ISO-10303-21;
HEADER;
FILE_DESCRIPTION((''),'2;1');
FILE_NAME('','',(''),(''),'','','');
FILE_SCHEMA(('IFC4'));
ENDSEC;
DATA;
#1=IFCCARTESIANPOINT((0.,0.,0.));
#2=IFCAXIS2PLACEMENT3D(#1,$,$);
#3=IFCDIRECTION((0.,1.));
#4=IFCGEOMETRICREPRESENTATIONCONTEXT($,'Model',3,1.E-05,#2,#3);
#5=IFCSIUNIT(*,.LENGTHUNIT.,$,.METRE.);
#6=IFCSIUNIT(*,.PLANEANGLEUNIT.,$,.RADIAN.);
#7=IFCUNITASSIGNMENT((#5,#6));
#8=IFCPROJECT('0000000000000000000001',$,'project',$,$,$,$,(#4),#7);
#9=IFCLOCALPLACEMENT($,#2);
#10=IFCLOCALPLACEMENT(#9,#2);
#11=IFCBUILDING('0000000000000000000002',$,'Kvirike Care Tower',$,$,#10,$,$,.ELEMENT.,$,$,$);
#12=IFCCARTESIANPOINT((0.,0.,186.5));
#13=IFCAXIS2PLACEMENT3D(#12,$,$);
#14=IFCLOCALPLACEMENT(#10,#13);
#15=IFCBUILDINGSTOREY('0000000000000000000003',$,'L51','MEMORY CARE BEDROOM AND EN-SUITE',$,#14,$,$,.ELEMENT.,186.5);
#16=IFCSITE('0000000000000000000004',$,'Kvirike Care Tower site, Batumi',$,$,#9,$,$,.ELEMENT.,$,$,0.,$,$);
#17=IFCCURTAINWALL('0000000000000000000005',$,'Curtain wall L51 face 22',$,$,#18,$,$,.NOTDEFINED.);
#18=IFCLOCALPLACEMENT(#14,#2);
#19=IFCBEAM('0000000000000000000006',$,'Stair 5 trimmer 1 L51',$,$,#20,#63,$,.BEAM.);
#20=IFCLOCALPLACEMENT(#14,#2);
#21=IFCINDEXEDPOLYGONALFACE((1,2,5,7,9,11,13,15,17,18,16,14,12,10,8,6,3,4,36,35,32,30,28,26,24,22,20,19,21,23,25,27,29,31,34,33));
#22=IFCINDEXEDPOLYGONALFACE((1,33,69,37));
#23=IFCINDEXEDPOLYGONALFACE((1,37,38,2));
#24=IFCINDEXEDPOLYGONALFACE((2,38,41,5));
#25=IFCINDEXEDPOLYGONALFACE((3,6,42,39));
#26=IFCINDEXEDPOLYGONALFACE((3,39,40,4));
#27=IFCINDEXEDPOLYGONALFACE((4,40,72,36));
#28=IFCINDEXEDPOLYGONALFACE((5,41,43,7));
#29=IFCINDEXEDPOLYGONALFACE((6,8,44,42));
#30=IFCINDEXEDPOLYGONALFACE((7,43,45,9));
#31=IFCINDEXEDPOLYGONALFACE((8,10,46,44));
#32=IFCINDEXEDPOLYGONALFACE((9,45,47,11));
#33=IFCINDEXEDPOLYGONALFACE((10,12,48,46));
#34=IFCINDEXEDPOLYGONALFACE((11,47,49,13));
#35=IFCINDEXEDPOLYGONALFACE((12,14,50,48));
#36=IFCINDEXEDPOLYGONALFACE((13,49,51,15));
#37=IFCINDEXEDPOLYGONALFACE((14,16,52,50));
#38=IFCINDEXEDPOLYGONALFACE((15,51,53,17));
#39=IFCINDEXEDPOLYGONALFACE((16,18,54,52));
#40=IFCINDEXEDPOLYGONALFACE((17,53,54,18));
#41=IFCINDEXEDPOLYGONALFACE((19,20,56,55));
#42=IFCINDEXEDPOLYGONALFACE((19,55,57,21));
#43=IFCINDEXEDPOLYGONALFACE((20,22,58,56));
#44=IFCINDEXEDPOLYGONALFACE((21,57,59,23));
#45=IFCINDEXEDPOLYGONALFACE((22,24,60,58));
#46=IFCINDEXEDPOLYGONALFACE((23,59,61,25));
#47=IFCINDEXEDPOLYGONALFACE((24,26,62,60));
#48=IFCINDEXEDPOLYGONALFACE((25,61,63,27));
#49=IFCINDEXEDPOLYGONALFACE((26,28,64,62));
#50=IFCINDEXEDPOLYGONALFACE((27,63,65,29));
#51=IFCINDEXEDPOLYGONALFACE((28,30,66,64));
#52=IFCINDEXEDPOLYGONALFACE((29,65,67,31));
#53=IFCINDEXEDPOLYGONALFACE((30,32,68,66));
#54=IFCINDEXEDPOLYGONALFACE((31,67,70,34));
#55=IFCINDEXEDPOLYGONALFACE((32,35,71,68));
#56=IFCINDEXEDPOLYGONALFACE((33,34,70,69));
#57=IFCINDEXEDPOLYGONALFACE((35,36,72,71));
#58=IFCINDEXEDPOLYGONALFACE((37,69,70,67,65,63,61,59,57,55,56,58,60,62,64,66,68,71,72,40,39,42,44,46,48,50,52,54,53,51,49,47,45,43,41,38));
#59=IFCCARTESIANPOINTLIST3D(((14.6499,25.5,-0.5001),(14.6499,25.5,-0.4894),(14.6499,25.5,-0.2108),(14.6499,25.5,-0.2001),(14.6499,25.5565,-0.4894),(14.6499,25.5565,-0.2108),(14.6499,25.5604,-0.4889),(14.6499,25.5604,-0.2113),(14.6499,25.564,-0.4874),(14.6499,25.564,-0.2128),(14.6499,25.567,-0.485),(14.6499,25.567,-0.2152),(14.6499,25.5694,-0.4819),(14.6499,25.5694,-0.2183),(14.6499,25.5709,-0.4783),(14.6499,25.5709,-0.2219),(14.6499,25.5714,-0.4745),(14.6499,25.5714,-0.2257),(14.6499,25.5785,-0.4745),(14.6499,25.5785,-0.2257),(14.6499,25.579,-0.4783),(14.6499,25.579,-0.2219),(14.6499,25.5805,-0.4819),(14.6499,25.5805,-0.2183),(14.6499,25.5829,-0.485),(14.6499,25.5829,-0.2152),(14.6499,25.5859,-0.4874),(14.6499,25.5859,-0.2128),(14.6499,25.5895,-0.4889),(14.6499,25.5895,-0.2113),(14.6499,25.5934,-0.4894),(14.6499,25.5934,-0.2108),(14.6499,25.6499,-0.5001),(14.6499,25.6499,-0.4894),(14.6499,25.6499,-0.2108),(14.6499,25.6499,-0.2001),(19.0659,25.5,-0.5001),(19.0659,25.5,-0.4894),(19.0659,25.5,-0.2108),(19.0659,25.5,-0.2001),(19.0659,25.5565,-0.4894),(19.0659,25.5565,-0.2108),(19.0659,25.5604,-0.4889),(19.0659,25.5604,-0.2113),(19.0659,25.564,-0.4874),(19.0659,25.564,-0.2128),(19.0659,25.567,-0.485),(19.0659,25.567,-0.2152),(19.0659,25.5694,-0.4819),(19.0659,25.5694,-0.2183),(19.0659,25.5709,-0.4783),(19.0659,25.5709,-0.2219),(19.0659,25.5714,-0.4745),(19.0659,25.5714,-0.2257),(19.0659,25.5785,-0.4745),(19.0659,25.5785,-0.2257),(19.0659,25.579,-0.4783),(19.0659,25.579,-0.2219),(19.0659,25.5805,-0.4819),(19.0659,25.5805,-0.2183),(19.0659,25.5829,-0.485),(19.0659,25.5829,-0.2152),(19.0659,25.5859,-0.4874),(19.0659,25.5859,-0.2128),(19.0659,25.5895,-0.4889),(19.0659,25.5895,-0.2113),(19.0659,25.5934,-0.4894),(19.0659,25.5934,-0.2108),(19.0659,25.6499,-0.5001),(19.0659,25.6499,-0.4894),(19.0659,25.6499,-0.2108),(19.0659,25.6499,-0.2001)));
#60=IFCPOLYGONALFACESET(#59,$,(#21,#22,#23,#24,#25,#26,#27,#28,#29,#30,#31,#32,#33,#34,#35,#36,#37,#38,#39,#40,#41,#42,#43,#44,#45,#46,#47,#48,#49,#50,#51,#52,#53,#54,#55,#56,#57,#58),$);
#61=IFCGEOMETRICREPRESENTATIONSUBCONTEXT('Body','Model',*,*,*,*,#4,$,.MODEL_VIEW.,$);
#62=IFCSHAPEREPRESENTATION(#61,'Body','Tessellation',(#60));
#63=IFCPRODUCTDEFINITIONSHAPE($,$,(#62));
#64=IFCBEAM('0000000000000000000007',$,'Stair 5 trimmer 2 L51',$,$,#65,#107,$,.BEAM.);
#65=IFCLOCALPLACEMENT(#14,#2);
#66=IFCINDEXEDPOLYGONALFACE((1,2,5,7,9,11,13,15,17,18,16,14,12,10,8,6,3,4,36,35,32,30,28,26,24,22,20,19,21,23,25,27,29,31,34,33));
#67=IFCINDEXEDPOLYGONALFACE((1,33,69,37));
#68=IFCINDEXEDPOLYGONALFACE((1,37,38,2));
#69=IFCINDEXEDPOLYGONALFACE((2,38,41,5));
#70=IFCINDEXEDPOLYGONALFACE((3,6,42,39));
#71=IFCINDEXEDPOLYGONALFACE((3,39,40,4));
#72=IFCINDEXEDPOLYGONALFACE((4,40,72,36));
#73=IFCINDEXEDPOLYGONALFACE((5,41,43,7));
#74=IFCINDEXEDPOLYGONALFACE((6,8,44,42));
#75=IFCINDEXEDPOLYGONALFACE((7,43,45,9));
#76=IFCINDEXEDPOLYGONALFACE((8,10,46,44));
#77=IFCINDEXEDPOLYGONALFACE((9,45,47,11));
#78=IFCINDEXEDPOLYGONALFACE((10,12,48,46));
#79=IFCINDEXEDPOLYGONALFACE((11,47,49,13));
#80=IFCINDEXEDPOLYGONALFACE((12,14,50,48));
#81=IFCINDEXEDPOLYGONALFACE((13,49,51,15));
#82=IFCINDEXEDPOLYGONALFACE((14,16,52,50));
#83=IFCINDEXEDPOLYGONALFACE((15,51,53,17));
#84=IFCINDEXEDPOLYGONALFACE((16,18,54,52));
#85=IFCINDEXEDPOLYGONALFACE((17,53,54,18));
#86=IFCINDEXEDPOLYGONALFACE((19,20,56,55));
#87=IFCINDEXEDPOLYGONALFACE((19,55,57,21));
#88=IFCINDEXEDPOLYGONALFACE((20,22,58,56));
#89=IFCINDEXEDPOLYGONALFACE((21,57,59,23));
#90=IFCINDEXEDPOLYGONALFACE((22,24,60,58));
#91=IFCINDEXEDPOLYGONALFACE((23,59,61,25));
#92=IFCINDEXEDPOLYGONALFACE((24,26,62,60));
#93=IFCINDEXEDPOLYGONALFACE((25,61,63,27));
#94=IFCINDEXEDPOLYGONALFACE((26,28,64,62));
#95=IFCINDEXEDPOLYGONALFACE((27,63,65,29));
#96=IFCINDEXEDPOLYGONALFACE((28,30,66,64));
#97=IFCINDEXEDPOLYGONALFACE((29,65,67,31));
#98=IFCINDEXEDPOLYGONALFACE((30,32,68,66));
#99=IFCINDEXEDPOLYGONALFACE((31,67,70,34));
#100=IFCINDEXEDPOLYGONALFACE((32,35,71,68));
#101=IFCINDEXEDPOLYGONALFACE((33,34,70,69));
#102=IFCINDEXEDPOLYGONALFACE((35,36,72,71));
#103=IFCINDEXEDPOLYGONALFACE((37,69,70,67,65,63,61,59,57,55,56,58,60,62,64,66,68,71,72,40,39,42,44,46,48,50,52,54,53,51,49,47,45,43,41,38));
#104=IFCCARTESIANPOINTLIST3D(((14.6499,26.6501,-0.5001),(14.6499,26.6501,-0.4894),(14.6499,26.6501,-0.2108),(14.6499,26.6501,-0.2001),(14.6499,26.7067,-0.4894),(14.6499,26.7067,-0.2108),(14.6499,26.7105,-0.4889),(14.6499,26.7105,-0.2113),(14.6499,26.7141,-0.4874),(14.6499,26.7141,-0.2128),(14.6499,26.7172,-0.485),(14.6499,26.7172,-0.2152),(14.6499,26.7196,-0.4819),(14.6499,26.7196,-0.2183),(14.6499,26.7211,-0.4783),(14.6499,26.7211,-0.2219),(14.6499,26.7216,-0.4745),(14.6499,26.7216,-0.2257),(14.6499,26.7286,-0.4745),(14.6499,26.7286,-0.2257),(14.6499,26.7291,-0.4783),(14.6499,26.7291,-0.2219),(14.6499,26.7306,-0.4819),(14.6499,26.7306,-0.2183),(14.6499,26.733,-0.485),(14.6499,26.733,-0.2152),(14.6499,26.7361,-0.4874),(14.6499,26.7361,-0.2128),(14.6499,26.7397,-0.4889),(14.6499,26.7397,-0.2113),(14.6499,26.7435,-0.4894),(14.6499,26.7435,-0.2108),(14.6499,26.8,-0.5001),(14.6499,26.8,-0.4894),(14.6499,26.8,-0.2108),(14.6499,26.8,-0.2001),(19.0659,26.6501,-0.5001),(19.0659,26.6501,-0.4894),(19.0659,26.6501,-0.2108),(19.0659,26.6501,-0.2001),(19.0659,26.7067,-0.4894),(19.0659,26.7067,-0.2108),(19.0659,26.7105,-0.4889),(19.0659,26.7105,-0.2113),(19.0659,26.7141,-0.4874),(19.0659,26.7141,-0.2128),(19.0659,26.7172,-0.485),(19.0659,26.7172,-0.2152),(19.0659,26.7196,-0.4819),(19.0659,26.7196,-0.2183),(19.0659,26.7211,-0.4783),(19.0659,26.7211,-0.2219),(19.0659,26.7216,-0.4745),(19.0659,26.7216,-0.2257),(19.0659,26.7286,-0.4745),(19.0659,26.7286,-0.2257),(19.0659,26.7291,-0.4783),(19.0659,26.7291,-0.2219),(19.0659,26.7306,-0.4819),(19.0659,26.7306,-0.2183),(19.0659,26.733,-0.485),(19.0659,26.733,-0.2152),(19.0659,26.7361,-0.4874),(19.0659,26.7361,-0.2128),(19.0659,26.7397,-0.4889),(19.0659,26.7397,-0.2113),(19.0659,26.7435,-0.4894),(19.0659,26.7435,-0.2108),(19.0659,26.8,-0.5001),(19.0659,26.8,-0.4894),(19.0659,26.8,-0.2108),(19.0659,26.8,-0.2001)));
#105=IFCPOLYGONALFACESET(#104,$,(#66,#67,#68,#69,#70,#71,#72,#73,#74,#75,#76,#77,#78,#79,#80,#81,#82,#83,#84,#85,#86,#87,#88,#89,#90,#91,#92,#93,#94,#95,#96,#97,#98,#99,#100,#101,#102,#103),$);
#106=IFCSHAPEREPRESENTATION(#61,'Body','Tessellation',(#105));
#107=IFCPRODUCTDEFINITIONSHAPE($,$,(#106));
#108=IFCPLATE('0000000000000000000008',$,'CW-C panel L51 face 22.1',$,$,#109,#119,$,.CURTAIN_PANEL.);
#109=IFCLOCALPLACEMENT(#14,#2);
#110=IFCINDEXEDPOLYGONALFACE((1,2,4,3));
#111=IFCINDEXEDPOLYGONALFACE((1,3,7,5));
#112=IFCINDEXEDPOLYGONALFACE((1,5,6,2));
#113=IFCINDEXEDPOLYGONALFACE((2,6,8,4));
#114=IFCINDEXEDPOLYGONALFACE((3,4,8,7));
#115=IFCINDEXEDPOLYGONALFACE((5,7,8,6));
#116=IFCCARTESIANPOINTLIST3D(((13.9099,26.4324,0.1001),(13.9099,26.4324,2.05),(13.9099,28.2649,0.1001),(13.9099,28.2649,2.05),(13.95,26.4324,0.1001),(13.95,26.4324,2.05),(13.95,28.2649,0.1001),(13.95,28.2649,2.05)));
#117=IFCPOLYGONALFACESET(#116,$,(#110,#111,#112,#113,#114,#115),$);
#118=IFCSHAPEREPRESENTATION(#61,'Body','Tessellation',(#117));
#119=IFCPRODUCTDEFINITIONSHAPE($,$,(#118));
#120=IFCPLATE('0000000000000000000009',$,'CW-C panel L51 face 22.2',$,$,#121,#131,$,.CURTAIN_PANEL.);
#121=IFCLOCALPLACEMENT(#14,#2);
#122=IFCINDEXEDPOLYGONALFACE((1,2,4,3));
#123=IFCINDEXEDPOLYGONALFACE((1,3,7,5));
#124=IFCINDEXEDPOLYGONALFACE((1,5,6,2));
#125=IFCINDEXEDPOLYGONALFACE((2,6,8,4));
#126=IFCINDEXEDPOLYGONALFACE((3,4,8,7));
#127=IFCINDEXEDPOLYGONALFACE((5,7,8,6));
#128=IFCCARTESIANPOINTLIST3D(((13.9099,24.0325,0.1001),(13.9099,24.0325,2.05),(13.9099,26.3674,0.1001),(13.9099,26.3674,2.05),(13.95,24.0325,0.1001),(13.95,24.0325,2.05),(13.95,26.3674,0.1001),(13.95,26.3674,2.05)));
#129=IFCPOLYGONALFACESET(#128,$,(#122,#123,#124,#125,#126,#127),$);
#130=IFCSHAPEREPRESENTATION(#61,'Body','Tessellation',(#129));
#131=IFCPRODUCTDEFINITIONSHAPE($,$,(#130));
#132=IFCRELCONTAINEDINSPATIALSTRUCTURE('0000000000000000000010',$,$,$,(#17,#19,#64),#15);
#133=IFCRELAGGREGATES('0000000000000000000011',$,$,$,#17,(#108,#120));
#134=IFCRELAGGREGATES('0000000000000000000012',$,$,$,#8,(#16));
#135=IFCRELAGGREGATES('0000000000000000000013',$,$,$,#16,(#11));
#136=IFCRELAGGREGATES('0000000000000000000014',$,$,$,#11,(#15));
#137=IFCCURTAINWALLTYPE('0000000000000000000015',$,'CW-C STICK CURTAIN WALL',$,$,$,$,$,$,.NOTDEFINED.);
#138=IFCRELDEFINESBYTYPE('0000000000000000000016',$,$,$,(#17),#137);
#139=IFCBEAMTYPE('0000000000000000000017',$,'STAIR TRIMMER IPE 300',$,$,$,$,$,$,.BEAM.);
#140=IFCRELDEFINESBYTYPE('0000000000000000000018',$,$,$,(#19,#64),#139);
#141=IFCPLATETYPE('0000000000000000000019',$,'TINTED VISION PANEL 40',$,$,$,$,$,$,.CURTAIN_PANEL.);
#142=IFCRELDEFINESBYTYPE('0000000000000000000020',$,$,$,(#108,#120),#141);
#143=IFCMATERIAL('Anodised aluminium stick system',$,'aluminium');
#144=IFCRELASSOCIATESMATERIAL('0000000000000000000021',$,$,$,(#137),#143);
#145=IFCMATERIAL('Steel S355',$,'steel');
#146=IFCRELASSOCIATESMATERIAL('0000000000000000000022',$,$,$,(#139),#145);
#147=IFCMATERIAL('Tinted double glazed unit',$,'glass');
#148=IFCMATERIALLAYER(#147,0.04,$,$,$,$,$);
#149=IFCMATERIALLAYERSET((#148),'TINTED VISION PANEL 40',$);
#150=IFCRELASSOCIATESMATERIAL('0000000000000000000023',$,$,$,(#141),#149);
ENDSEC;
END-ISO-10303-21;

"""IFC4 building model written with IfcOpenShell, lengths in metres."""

from ifc_helpers import new_model, si_unit, direction, frame, origin, origin_2d, place, context, subcontext, project, spatial, rectangle, i_section, extrude, material, layer, layer_set, material_profile, profile_set, type_object, element, aggregate, save


model = new_model("IFC4")

# Units and contexts
model_context = context("Model", 3, precision=1e-05, world=origin(), true_north=direction((0.0, 1.0)))
body_context = subcontext(model_context, "Body", "Model", "MODEL_VIEW")
ifc_project = project(units=[si_unit("LENGTHUNIT", "METRE"), si_unit("PLANEANGLEUNIT", "RADIAN")], contexts=[model_context])

# Site, building, storey
site_placement = place(None, origin())
site = spatial("IfcSite", under=ifc_project, at=site_placement, Name="Kvirike Care Tower site, Batumi", CompositionType="ELEMENT", RefElevation=0.0)
building_placement = place(site_placement, origin())
building = spatial("IfcBuilding", under=site, at=building_placement, Name="Kvirike Care Tower", CompositionType="ELEMENT")
storey_placement = place(building_placement, frame((0.0, 0.0, 186.5)))
storey = spatial("IfcBuildingStorey", under=building, at=storey_placement, Name="L51", Description="MEMORY CARE BEDROOM AND EN-SUITE", CompositionType="ELEMENT", Elevation=186.5)

# Curtain wall
ifc_material_1 = material(Name="Anodised aluminium stick system", Category="aluminium")
curtain_wall_type = type_object("IfcCurtainWallType", Name="CW-C STICK CURTAIN WALL", PredefinedType="NOTDEFINED", material=ifc_material_1)
curtain_wall_placement = place(storey_placement, origin())
curtain_wall = element("IfcCurtainWall", 1, at=curtain_wall_placement, inside=storey, type_object=curtain_wall_type, Name="Curtain wall L51 face 22", PredefinedType="NOTDEFINED")

# Beams
ifc_material_2 = material(Name="Steel S355", Category="steel")
ifc_material_profile_1 = material_profile(ifc_material_2, i_section(OverallWidth=0.1499, OverallDepth=0.3, WebThickness=0.0071, FlangeThickness=0.0107, FilletRadius=0.0149, at=origin_2d()), Name="IPE 300")
ifc_profile_set_1 = profile_set([ifc_material_profile_1], Name="Steel S355")
beam_type_1 = type_object("IfcBeamType", Name="STAIR TRIMMER IPE 300", PredefinedType="BEAM", material=ifc_profile_set_1)
for number, where, z_axis, x_axis, name in (
    (2, (14.6499, 25.575, -0.3501), (1.0, 0.0, 0.0), (0.0, 1.0, 0.0), "Stair 5 trimmer 1 L51"),
    (3, (14.6499, 26.7251, -0.3501), (1.0, 0.0, 0.0), (0.0, 1.0, 0.0), "Stair 5 trimmer 2 L51"),
):
    element("IfcBeam", number, at=place(storey_placement, frame(where, z_axis=z_axis, x_axis=x_axis)), inside=storey, type_object=beam_type_1, Name=name, PredefinedType="BEAM", context=body_context, shape_type="SweptSolid", body=[
        extrude(i_section(OverallWidth=0.1499, OverallDepth=0.3, WebThickness=0.0071, FlangeThickness=0.0107, FilletRadius=0.0149, at=origin_2d()), origin(), (0.0, 0.0, 1.0), 4.416),
    ])

# Plates
ifc_material_3 = material(Name="Tinted double glazed unit", Category="glass")
ifc_layer_1 = layer(ifc_material_3, 0.04)
ifc_layer_set_1 = layer_set([ifc_layer_1], Name="TINTED VISION PANEL 40")
plate_type = type_object("IfcPlateType", Name="TINTED VISION PANEL 40", PredefinedType="CURTAIN_PANEL", material=ifc_layer_set_1)
plate_1_placement = place(storey_placement, frame((13.9299, 27.3486, 0.1001), z_axis=(0.0, 0.0, 1.0), x_axis=(0.0, -1.0, 0.0)))
plate_1 = element("IfcPlate", 4, at=plate_1_placement, type_object=plate_type, Name="CW-C panel L51 face 22.1", PredefinedType="CURTAIN_PANEL", context=body_context, shape_type="SweptSolid", body=[
    extrude(rectangle(XDim=1.8325, YDim=0.04, at=origin_2d()), origin(), (0.0, 0.0, 1.0), 1.95),
])
plate_2_placement = place(storey_placement, frame((13.9299, 25.2, 0.1001), z_axis=(0.0, 0.0, 1.0), x_axis=(0.0, -1.0, 0.0)))
plate_2 = element("IfcPlate", 5, at=plate_2_placement, type_object=plate_type, Name="CW-C panel L51 face 22.2", PredefinedType="CURTAIN_PANEL", context=body_context, shape_type="SweptSolid", body=[
    extrude(rectangle(XDim=2.335, YDim=0.04, at=origin_2d()), origin(), (0.0, 0.0, 1.0), 1.95),
])
aggregate(curtain_wall, [plate_1, plate_2])

save(model, "model.ifc")
